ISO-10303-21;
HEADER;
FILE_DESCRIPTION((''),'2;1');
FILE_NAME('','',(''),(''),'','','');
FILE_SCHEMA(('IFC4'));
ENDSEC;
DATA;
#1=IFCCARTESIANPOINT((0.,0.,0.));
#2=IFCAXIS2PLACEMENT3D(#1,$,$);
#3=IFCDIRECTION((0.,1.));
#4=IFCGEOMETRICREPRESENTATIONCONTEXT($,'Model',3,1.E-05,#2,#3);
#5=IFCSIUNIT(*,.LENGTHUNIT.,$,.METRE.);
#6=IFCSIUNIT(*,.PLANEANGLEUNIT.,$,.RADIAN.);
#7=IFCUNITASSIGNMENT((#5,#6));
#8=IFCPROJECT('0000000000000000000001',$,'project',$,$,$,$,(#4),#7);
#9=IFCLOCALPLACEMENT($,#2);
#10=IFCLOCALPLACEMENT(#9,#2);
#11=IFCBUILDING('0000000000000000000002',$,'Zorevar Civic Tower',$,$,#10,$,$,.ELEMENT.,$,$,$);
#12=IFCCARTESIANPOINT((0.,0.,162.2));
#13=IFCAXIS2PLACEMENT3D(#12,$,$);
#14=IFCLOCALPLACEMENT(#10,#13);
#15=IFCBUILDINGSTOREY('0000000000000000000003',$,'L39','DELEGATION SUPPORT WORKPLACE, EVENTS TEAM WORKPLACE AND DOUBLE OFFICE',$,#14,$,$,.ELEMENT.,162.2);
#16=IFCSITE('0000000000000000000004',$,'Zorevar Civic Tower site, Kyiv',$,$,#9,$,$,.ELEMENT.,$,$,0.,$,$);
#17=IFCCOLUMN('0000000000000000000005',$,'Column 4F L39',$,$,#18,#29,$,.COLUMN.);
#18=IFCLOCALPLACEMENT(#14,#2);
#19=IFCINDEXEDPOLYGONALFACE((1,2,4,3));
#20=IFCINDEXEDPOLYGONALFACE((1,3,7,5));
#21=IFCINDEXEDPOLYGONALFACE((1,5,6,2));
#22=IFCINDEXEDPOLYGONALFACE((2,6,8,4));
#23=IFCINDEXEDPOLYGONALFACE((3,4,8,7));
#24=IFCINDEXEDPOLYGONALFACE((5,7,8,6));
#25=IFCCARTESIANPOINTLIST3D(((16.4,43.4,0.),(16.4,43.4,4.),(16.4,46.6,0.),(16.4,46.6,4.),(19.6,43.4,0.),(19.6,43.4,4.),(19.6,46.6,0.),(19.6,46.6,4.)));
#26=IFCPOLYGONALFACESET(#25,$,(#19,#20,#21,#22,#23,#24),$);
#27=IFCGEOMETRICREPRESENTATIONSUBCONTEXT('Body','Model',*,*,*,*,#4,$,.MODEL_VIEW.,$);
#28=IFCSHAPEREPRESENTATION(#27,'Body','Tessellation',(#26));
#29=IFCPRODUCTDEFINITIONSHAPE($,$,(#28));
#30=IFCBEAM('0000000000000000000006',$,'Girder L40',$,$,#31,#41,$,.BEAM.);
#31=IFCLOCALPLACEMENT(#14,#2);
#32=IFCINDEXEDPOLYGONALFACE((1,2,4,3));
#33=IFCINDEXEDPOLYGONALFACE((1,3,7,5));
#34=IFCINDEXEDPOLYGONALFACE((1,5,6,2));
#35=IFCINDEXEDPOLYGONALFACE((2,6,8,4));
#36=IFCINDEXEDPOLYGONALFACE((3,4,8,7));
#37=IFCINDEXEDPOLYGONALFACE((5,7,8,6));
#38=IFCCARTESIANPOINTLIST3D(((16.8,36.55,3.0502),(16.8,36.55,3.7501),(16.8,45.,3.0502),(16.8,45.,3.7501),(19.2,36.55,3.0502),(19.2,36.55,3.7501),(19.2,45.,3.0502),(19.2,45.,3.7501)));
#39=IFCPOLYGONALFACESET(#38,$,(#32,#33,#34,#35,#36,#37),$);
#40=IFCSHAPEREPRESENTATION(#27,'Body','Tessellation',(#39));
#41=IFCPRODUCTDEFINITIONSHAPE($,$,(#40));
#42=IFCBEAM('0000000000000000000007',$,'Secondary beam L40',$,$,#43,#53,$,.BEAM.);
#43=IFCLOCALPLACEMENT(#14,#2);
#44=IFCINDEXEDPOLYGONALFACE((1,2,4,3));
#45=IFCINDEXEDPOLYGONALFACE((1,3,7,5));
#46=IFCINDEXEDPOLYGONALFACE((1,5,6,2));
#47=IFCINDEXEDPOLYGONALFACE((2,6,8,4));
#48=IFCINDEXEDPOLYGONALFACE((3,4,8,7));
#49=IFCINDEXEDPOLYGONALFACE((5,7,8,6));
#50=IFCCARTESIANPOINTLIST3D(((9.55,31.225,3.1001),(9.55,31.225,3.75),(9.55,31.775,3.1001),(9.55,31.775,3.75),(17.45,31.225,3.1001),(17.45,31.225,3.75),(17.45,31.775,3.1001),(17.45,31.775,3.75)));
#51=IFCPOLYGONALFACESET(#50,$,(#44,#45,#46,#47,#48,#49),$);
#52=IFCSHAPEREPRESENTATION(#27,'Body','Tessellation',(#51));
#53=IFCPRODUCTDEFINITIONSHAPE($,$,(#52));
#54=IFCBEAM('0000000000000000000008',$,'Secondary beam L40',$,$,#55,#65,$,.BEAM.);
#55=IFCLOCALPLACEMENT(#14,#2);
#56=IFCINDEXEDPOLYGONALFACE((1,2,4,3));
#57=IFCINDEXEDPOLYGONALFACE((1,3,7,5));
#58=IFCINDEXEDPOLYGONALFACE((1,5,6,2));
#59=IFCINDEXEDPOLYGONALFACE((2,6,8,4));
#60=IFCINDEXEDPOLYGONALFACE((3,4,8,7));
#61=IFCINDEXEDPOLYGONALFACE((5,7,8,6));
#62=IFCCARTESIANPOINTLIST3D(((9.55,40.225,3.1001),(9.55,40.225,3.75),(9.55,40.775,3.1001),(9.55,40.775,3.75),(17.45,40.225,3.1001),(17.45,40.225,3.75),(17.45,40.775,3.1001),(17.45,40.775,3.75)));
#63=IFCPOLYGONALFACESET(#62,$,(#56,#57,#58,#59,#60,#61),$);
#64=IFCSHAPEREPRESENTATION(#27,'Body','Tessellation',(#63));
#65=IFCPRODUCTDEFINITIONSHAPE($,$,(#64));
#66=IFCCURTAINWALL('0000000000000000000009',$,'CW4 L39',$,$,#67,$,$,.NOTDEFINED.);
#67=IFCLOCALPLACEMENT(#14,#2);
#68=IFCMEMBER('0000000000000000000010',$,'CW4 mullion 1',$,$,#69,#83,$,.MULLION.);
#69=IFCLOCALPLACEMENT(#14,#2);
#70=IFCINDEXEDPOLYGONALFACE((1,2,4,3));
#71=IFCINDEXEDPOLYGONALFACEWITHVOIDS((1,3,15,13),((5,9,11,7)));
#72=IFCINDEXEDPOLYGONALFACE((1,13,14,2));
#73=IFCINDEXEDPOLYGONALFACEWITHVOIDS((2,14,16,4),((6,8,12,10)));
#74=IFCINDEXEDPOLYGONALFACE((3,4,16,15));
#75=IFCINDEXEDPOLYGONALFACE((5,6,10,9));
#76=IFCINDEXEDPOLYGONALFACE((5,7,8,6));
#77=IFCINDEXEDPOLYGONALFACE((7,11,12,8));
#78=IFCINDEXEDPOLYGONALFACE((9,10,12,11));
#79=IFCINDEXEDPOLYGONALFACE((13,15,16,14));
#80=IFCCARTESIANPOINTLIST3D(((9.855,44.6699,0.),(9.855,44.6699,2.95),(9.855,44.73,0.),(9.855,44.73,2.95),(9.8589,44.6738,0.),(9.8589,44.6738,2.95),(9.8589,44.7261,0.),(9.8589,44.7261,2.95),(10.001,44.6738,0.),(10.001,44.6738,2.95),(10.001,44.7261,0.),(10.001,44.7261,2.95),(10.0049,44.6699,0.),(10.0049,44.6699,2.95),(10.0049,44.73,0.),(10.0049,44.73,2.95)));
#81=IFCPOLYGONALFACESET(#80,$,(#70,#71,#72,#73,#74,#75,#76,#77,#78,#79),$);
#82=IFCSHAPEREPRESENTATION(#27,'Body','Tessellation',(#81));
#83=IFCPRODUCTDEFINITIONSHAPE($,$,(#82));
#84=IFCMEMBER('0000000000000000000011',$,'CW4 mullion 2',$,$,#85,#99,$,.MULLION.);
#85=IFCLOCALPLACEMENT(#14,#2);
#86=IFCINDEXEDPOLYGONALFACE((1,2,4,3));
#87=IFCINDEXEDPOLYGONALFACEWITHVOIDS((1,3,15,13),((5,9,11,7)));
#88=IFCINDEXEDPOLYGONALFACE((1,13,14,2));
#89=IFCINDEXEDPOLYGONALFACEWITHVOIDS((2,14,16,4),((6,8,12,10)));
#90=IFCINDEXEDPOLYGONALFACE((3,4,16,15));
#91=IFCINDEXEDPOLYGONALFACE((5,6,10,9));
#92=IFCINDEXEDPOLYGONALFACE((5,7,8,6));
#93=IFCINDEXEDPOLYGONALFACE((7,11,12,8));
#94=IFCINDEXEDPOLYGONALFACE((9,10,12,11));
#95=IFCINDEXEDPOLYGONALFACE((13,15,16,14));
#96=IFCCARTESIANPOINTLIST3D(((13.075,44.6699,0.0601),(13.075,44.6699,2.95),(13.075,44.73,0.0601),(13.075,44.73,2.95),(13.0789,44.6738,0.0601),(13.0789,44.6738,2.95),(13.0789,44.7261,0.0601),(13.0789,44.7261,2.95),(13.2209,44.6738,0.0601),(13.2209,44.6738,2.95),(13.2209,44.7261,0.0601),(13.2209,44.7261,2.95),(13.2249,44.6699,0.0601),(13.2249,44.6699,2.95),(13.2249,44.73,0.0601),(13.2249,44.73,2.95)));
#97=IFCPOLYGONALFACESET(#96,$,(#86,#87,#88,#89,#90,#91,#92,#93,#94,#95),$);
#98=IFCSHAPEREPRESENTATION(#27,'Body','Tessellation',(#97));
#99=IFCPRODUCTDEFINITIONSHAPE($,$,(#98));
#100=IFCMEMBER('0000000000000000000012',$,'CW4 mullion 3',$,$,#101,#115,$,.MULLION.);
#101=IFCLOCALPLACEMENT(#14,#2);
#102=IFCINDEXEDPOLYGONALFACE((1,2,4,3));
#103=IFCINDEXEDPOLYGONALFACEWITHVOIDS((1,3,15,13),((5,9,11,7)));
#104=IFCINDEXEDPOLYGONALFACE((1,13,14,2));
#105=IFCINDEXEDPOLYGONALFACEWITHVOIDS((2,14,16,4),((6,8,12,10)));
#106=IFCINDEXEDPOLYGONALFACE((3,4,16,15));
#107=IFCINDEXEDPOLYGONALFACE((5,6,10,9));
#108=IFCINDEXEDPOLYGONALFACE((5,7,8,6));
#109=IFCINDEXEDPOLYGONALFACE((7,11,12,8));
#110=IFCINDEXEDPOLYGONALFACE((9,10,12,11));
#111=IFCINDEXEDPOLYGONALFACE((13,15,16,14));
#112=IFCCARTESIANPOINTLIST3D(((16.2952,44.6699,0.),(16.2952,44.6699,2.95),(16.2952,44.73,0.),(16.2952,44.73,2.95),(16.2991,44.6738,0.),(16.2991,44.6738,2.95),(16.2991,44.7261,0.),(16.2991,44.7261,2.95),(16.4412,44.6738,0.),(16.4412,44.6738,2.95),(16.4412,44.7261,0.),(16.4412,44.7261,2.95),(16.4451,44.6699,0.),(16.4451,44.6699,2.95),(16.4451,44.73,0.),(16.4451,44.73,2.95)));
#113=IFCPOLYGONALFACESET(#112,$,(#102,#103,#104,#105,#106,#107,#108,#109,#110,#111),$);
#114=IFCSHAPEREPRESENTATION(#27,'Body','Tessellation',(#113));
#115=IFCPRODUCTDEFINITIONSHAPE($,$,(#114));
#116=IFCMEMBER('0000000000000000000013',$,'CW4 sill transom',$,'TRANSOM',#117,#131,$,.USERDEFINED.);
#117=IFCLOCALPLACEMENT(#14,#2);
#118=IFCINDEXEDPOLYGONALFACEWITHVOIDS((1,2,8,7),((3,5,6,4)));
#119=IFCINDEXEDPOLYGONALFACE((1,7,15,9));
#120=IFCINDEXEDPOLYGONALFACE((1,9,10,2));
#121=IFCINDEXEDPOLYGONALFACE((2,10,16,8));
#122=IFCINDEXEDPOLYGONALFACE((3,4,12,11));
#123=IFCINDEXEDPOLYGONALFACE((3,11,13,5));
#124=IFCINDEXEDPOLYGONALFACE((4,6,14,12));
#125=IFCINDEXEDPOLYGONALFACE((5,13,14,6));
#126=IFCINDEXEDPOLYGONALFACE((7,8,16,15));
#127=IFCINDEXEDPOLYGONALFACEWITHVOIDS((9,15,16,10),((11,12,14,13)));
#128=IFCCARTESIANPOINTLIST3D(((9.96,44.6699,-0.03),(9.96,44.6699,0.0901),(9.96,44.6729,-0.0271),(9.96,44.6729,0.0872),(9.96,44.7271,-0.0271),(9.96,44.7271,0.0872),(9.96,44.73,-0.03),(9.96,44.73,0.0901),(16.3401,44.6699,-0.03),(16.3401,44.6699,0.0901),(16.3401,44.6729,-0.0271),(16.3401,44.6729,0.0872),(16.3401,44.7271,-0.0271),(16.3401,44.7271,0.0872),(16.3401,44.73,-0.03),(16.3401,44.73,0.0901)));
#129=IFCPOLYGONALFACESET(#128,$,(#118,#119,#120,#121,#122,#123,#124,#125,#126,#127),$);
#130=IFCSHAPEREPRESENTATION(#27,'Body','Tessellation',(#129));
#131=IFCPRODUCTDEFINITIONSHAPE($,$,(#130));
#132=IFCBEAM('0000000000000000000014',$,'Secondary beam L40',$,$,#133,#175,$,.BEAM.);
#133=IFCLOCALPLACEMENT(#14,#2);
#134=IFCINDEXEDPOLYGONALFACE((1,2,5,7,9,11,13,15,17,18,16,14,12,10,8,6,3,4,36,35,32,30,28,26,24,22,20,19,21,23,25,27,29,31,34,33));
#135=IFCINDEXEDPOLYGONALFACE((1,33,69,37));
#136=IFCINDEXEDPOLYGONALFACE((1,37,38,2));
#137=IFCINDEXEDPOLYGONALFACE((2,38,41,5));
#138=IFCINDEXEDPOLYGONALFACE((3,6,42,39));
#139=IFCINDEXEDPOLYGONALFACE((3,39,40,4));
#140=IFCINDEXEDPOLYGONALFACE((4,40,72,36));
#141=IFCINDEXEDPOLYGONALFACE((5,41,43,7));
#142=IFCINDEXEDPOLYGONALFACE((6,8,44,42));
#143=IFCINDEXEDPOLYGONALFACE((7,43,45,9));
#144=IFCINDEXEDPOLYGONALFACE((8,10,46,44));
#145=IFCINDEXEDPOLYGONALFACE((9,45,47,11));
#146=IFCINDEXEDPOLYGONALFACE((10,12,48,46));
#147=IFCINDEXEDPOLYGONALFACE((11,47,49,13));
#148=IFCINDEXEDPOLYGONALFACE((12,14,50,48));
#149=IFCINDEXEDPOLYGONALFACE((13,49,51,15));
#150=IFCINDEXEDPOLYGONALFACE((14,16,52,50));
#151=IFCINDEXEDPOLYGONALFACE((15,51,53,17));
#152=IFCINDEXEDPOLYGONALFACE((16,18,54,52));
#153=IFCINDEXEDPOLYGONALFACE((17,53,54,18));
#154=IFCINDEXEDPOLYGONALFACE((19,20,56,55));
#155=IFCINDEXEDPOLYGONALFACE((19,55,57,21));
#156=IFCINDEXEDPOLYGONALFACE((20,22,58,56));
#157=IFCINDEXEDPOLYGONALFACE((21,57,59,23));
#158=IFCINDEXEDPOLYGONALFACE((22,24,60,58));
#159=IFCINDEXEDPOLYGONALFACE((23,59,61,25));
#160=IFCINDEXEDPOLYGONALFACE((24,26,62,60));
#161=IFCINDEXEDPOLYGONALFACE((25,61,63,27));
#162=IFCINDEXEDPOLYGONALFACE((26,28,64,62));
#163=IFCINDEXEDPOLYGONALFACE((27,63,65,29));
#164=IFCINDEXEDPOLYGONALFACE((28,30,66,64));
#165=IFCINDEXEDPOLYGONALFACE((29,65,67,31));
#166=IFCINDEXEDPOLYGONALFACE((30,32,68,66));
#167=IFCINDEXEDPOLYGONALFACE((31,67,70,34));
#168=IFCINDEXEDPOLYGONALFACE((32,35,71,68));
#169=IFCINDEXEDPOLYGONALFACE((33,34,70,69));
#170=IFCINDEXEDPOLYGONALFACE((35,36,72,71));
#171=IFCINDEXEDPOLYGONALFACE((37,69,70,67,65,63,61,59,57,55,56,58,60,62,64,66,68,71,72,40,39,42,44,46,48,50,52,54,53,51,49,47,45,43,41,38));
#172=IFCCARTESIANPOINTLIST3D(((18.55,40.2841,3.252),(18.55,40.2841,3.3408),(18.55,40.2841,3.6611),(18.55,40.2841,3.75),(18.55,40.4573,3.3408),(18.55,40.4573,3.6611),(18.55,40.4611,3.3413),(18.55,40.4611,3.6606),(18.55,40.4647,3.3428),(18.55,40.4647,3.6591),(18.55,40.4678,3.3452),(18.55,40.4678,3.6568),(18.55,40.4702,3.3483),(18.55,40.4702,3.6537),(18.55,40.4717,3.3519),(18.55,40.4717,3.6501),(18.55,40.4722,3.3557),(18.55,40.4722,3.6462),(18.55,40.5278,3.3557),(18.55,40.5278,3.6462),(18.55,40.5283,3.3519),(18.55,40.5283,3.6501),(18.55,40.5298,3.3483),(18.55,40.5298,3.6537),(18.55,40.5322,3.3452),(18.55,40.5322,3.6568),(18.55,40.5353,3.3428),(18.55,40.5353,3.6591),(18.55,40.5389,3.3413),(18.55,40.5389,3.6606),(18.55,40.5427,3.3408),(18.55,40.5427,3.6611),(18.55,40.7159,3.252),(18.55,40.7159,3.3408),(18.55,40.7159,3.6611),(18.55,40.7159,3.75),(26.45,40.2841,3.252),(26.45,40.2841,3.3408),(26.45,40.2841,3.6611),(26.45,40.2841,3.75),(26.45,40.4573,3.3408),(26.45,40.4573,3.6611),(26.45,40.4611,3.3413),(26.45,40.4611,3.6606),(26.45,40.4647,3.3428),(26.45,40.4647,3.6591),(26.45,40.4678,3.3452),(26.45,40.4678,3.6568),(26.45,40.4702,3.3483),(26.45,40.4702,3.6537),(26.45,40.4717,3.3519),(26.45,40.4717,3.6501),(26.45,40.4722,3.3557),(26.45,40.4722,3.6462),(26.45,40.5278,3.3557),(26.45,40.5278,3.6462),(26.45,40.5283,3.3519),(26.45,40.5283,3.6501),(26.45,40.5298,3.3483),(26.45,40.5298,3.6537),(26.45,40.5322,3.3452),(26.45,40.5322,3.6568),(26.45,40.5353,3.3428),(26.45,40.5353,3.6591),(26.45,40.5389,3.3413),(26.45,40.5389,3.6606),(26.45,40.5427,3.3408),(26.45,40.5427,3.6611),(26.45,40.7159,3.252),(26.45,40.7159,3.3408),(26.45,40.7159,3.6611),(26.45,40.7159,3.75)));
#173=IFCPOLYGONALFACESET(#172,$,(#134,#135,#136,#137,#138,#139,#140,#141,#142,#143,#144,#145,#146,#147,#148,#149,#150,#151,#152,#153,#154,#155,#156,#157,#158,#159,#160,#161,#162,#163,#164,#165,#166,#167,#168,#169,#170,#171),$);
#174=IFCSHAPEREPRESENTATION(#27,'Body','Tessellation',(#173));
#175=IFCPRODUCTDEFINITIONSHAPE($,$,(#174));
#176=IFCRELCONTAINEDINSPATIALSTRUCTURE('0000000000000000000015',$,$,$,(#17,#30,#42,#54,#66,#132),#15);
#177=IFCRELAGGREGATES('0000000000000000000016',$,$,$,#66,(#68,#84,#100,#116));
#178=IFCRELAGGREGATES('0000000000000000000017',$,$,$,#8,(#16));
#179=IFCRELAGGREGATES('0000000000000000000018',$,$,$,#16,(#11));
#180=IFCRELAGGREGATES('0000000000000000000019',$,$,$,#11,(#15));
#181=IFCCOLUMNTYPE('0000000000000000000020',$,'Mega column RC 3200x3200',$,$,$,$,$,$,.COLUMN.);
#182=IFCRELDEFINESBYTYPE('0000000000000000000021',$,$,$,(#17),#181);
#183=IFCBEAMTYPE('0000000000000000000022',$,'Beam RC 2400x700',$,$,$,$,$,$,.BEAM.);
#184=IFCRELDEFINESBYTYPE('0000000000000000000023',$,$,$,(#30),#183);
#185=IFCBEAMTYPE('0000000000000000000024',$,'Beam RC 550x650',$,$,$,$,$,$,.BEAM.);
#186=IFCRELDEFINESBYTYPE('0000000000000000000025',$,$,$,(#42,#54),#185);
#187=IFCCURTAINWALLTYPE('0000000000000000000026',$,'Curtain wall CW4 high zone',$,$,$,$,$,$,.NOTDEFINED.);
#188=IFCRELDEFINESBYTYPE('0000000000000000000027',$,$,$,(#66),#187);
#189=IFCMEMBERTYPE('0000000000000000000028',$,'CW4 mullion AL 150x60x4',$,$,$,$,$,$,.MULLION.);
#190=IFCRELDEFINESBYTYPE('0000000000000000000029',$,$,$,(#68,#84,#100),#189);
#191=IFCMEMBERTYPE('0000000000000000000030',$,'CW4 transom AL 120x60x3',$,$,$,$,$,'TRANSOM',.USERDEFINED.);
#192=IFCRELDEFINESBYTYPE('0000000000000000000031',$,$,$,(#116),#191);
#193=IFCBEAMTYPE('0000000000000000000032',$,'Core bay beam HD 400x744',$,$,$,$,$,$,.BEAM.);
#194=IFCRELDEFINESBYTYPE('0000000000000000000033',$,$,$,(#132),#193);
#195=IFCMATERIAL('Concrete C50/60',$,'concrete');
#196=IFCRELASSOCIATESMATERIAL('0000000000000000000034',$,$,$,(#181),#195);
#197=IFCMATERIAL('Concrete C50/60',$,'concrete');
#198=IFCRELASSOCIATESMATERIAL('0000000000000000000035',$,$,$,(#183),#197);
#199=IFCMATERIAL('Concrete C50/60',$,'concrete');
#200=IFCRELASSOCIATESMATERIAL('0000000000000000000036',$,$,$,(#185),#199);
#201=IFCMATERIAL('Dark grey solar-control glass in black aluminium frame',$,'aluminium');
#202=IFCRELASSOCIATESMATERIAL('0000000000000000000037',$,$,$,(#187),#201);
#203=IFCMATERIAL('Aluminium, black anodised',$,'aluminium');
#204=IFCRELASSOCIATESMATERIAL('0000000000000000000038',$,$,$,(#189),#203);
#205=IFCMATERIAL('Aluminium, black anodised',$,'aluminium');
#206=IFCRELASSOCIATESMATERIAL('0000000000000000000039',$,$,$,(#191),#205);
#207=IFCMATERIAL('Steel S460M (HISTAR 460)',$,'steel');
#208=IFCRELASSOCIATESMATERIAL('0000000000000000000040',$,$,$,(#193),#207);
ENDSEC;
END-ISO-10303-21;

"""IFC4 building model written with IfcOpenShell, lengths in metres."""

from ifc_helpers import new_model, si_unit, direction, frame, origin, origin_2d, place, context, subcontext, project, spatial, rectangle, hollow_rectangle, i_section, extrude, material, material_profile, profile_set, type_object, element, aggregate, save


model = new_model("IFC4")

# Units and contexts
model_context = context("Model", 3, precision=1e-05, world=origin(), true_north=direction((0.0, 1.0)))
body_context = subcontext(model_context, "Body", "Model", "MODEL_VIEW")
ifc_project = project(units=[si_unit("LENGTHUNIT", "METRE"), si_unit("PLANEANGLEUNIT", "RADIAN")], contexts=[model_context])

# Site, building, storey
site_placement = place(None, origin())
site = spatial("IfcSite", under=ifc_project, at=site_placement, Name="Zorevar Civic Tower site, Kyiv", CompositionType="ELEMENT", RefElevation=0.0)
building_placement = place(site_placement, origin())
building = spatial("IfcBuilding", under=site, at=building_placement, Name="Zorevar Civic Tower", CompositionType="ELEMENT")
storey_placement = place(building_placement, frame((0.0, 0.0, 162.2)))
storey = spatial("IfcBuildingStorey", under=building, at=storey_placement, Name="L39", Description="DELEGATION SUPPORT WORKPLACE, EVENTS TEAM WORKPLACE AND DOUBLE OFFICE", CompositionType="ELEMENT", Elevation=162.2)

# Column
ifc_material_1 = material(Name="Concrete C50/60", Category="concrete")
ifc_material_profile_1 = material_profile(ifc_material_1, rectangle(XDim=3.2, YDim=3.2, at=origin_2d()), Name="RC 3200x3200")
ifc_profile_set_1 = profile_set([ifc_material_profile_1], Name="Concrete C50/60")
column_type = type_object("IfcColumnType", Name="Mega column RC 3200x3200", PredefinedType="COLUMN", material=ifc_profile_set_1)
column_placement = place(storey_placement, frame((18.0, 45.0, 0.0), z_axis=(0.0, 0.0, 1.0), x_axis=(1.0, 0.0, 0.0)))
element("IfcColumn", 1, at=column_placement, inside=storey, type_object=column_type, Name="Column 4F L39", PredefinedType="COLUMN", context=body_context, shape_type="SweptSolid", body=[
    extrude(rectangle(XDim=3.2, YDim=3.2, at=origin_2d()), origin(), (0.0, 0.0, 1.0), 4.0),
])

# Beams
ifc_material_2 = material(Name="Concrete C50/60", Category="concrete")
ifc_material_profile_2 = material_profile(ifc_material_2, rectangle(XDim=2.3999, YDim=0.7, at=origin_2d()), Name="RC 2400x700")
ifc_profile_set_2 = profile_set([ifc_material_profile_2], Name="Concrete C50/60")
beam_type_1 = type_object("IfcBeamType", Name="Beam RC 2400x700", PredefinedType="BEAM", material=ifc_profile_set_2)
beam_1_placement = place(storey_placement, frame((18.0, 36.55, 3.4001), z_axis=(0.0, 1.0, 0.0), x_axis=(-1.0, 0.0, 0.0)))
element("IfcBeam", 2, at=beam_1_placement, inside=storey, type_object=beam_type_1, Name="Girder L40", PredefinedType="BEAM", context=body_context, shape_type="SweptSolid", body=[
    extrude(rectangle(XDim=2.3999, YDim=0.7, at=origin_2d()), origin(), (0.0, 0.0, 1.0), 8.45),
])
ifc_material_3 = material(Name="Concrete C50/60", Category="concrete")
ifc_material_profile_3 = material_profile(ifc_material_3, rectangle(XDim=0.55, YDim=0.6499, at=origin_2d()), Name="RC 550x650")
ifc_profile_set_3 = profile_set([ifc_material_profile_3], Name="Concrete C50/60")
beam_type_2 = type_object("IfcBeamType", Name="Beam RC 550x650", PredefinedType="BEAM", material=ifc_profile_set_3)
for number, where, z_axis, x_axis, name in (
    (3, (9.55, 31.5, 3.425), (1.0, 0.0, 0.0), (0.0, 1.0, 0.0), "Secondary beam L40"),
    (4, (9.55, 40.5, 3.425), (1.0, 0.0, 0.0), (0.0, 1.0, 0.0), "Secondary beam L40"),
):
    element("IfcBeam", number, at=place(storey_placement, frame(where, z_axis=z_axis, x_axis=x_axis)), inside=storey, type_object=beam_type_2, Name=name, PredefinedType="BEAM", context=body_context, shape_type="SweptSolid", body=[
        extrude(rectangle(XDim=0.55, YDim=0.6499, at=origin_2d()), origin(), (0.0, 0.0, 1.0), 7.8999),
    ])

# Curtain wall, members
ifc_material_4 = material(Name="Dark grey solar-control glass in black aluminium frame", Category="aluminium")
curtain_wall_type = type_object("IfcCurtainWallType", Name="Curtain wall CW4 high zone", PredefinedType="NOTDEFINED", material=ifc_material_4)
curtain_wall_placement = place(storey_placement, origin())
curtain_wall = element("IfcCurtainWall", 5, at=curtain_wall_placement, inside=storey, type_object=curtain_wall_type, Name="CW4 L39", PredefinedType="NOTDEFINED")
ifc_material_5 = material(Name="Aluminium, black anodised", Category="aluminium")
ifc_material_profile_4 = material_profile(ifc_material_5, hollow_rectangle(XDim=0.0601, YDim=0.1499, WallThickness=0.0039, at=origin_2d()), Name="AL 150x60x4")
ifc_profile_set_4 = profile_set([ifc_material_profile_4], Name="Aluminium, black anodised")
member_type_1 = type_object("IfcMemberType", Name="CW4 mullion AL 150x60x4", PredefinedType="MULLION", material=ifc_profile_set_4)
member_1_placement = place(storey_placement, frame((9.9299, 44.7, 0.0), z_axis=(0.0, 0.0, 1.0), x_axis=(0.0, 1.0, 0.0)))
member_1 = element("IfcMember", 6, at=member_1_placement, type_object=member_type_1, Name="CW4 mullion 1", PredefinedType="MULLION", context=body_context, shape_type="SweptSolid", body=[
    extrude(hollow_rectangle(XDim=0.0601, YDim=0.1499, WallThickness=0.0039, at=origin_2d()), origin(), (0.0, 0.0, 1.0), 2.95),
])
member_2_placement = place(storey_placement, frame((13.1499, 44.7, 0.0601), z_axis=(0.0, 0.0, 1.0), x_axis=(0.0, 1.0, 0.0)))
member_2 = element("IfcMember", 7, at=member_2_placement, type_object=member_type_1, Name="CW4 mullion 2", PredefinedType="MULLION", context=body_context, shape_type="SweptSolid", body=[
    extrude(hollow_rectangle(XDim=0.0601, YDim=0.1499, WallThickness=0.0039, at=origin_2d()), origin(), (0.0, 0.0, 1.0), 2.8899),
])
member_3_placement = place(storey_placement, frame((16.3701, 44.7, 0.0), z_axis=(0.0, 0.0, 1.0), x_axis=(0.0, 1.0, 0.0)))
member_3 = element("IfcMember", 8, at=member_3_placement, type_object=member_type_1, Name="CW4 mullion 3", PredefinedType="MULLION", context=body_context, shape_type="SweptSolid", body=[
    extrude(hollow_rectangle(XDim=0.0601, YDim=0.1499, WallThickness=0.0039, at=origin_2d()), origin(), (0.0, 0.0, 1.0), 2.95),
])
ifc_material_6 = material(Name="Aluminium, black anodised", Category="aluminium")
ifc_material_profile_5 = material_profile(ifc_material_6, hollow_rectangle(XDim=0.0601, YDim=0.1201, WallThickness=0.0029, at=origin_2d()), Name="AL 120x60x3")
ifc_profile_set_5 = profile_set([ifc_material_profile_5], Name="Aluminium, black anodised")
member_type_2 = type_object("IfcMemberType", Name="CW4 transom AL 120x60x3", ElementType="TRANSOM", PredefinedType="USERDEFINED", material=ifc_profile_set_5)
member_4_placement = place(storey_placement, frame((9.96, 44.7, 0.03), z_axis=(1.0, 0.0, 0.0), x_axis=(0.0, 1.0, 0.0)))
member_4 = element("IfcMember", 9, at=member_4_placement, type_object=member_type_2, Name="CW4 sill transom", ObjectType="TRANSOM", PredefinedType="USERDEFINED", context=body_context, shape_type="SweptSolid", body=[
    extrude(hollow_rectangle(XDim=0.0601, YDim=0.1201, WallThickness=0.0029, at=origin_2d()), origin(), (0.0, 0.0, 1.0), 6.3801),
])

# Beam
ifc_material_7 = material(Name="Steel S460M (HISTAR 460)", Category="steel")
ifc_material_profile_6 = material_profile(ifc_material_7, i_section(OverallWidth=0.4319, OverallDepth=0.498, WebThickness=0.0557, FlangeThickness=0.0889, FilletRadius=0.0149, at=origin_2d()), Name="HD 400x744")
ifc_profile_set_6 = profile_set([ifc_material_profile_6], Name="Steel S460M (HISTAR 460)")
beam_type_3 = type_object("IfcBeamType", Name="Core bay beam HD 400x744", PredefinedType="BEAM", material=ifc_profile_set_6)
beam_2_placement = place(storey_placement, frame((18.55, 40.5, 3.501), z_axis=(1.0, 0.0, 0.0), x_axis=(0.0, 1.0, 0.0)))
element("IfcBeam", 10, at=beam_2_placement, inside=storey, type_object=beam_type_3, Name="Secondary beam L40", PredefinedType="BEAM", context=body_context, shape_type="SweptSolid", body=[
    extrude(i_section(OverallWidth=0.4319, OverallDepth=0.498, WebThickness=0.0557, FlangeThickness=0.0889, FilletRadius=0.0149, at=origin_2d()), origin(), (0.0, 0.0, 1.0), 7.8999),
])

aggregate(curtain_wall, [member_1, member_2, member_3, member_4])

save(model, "model.ifc")
